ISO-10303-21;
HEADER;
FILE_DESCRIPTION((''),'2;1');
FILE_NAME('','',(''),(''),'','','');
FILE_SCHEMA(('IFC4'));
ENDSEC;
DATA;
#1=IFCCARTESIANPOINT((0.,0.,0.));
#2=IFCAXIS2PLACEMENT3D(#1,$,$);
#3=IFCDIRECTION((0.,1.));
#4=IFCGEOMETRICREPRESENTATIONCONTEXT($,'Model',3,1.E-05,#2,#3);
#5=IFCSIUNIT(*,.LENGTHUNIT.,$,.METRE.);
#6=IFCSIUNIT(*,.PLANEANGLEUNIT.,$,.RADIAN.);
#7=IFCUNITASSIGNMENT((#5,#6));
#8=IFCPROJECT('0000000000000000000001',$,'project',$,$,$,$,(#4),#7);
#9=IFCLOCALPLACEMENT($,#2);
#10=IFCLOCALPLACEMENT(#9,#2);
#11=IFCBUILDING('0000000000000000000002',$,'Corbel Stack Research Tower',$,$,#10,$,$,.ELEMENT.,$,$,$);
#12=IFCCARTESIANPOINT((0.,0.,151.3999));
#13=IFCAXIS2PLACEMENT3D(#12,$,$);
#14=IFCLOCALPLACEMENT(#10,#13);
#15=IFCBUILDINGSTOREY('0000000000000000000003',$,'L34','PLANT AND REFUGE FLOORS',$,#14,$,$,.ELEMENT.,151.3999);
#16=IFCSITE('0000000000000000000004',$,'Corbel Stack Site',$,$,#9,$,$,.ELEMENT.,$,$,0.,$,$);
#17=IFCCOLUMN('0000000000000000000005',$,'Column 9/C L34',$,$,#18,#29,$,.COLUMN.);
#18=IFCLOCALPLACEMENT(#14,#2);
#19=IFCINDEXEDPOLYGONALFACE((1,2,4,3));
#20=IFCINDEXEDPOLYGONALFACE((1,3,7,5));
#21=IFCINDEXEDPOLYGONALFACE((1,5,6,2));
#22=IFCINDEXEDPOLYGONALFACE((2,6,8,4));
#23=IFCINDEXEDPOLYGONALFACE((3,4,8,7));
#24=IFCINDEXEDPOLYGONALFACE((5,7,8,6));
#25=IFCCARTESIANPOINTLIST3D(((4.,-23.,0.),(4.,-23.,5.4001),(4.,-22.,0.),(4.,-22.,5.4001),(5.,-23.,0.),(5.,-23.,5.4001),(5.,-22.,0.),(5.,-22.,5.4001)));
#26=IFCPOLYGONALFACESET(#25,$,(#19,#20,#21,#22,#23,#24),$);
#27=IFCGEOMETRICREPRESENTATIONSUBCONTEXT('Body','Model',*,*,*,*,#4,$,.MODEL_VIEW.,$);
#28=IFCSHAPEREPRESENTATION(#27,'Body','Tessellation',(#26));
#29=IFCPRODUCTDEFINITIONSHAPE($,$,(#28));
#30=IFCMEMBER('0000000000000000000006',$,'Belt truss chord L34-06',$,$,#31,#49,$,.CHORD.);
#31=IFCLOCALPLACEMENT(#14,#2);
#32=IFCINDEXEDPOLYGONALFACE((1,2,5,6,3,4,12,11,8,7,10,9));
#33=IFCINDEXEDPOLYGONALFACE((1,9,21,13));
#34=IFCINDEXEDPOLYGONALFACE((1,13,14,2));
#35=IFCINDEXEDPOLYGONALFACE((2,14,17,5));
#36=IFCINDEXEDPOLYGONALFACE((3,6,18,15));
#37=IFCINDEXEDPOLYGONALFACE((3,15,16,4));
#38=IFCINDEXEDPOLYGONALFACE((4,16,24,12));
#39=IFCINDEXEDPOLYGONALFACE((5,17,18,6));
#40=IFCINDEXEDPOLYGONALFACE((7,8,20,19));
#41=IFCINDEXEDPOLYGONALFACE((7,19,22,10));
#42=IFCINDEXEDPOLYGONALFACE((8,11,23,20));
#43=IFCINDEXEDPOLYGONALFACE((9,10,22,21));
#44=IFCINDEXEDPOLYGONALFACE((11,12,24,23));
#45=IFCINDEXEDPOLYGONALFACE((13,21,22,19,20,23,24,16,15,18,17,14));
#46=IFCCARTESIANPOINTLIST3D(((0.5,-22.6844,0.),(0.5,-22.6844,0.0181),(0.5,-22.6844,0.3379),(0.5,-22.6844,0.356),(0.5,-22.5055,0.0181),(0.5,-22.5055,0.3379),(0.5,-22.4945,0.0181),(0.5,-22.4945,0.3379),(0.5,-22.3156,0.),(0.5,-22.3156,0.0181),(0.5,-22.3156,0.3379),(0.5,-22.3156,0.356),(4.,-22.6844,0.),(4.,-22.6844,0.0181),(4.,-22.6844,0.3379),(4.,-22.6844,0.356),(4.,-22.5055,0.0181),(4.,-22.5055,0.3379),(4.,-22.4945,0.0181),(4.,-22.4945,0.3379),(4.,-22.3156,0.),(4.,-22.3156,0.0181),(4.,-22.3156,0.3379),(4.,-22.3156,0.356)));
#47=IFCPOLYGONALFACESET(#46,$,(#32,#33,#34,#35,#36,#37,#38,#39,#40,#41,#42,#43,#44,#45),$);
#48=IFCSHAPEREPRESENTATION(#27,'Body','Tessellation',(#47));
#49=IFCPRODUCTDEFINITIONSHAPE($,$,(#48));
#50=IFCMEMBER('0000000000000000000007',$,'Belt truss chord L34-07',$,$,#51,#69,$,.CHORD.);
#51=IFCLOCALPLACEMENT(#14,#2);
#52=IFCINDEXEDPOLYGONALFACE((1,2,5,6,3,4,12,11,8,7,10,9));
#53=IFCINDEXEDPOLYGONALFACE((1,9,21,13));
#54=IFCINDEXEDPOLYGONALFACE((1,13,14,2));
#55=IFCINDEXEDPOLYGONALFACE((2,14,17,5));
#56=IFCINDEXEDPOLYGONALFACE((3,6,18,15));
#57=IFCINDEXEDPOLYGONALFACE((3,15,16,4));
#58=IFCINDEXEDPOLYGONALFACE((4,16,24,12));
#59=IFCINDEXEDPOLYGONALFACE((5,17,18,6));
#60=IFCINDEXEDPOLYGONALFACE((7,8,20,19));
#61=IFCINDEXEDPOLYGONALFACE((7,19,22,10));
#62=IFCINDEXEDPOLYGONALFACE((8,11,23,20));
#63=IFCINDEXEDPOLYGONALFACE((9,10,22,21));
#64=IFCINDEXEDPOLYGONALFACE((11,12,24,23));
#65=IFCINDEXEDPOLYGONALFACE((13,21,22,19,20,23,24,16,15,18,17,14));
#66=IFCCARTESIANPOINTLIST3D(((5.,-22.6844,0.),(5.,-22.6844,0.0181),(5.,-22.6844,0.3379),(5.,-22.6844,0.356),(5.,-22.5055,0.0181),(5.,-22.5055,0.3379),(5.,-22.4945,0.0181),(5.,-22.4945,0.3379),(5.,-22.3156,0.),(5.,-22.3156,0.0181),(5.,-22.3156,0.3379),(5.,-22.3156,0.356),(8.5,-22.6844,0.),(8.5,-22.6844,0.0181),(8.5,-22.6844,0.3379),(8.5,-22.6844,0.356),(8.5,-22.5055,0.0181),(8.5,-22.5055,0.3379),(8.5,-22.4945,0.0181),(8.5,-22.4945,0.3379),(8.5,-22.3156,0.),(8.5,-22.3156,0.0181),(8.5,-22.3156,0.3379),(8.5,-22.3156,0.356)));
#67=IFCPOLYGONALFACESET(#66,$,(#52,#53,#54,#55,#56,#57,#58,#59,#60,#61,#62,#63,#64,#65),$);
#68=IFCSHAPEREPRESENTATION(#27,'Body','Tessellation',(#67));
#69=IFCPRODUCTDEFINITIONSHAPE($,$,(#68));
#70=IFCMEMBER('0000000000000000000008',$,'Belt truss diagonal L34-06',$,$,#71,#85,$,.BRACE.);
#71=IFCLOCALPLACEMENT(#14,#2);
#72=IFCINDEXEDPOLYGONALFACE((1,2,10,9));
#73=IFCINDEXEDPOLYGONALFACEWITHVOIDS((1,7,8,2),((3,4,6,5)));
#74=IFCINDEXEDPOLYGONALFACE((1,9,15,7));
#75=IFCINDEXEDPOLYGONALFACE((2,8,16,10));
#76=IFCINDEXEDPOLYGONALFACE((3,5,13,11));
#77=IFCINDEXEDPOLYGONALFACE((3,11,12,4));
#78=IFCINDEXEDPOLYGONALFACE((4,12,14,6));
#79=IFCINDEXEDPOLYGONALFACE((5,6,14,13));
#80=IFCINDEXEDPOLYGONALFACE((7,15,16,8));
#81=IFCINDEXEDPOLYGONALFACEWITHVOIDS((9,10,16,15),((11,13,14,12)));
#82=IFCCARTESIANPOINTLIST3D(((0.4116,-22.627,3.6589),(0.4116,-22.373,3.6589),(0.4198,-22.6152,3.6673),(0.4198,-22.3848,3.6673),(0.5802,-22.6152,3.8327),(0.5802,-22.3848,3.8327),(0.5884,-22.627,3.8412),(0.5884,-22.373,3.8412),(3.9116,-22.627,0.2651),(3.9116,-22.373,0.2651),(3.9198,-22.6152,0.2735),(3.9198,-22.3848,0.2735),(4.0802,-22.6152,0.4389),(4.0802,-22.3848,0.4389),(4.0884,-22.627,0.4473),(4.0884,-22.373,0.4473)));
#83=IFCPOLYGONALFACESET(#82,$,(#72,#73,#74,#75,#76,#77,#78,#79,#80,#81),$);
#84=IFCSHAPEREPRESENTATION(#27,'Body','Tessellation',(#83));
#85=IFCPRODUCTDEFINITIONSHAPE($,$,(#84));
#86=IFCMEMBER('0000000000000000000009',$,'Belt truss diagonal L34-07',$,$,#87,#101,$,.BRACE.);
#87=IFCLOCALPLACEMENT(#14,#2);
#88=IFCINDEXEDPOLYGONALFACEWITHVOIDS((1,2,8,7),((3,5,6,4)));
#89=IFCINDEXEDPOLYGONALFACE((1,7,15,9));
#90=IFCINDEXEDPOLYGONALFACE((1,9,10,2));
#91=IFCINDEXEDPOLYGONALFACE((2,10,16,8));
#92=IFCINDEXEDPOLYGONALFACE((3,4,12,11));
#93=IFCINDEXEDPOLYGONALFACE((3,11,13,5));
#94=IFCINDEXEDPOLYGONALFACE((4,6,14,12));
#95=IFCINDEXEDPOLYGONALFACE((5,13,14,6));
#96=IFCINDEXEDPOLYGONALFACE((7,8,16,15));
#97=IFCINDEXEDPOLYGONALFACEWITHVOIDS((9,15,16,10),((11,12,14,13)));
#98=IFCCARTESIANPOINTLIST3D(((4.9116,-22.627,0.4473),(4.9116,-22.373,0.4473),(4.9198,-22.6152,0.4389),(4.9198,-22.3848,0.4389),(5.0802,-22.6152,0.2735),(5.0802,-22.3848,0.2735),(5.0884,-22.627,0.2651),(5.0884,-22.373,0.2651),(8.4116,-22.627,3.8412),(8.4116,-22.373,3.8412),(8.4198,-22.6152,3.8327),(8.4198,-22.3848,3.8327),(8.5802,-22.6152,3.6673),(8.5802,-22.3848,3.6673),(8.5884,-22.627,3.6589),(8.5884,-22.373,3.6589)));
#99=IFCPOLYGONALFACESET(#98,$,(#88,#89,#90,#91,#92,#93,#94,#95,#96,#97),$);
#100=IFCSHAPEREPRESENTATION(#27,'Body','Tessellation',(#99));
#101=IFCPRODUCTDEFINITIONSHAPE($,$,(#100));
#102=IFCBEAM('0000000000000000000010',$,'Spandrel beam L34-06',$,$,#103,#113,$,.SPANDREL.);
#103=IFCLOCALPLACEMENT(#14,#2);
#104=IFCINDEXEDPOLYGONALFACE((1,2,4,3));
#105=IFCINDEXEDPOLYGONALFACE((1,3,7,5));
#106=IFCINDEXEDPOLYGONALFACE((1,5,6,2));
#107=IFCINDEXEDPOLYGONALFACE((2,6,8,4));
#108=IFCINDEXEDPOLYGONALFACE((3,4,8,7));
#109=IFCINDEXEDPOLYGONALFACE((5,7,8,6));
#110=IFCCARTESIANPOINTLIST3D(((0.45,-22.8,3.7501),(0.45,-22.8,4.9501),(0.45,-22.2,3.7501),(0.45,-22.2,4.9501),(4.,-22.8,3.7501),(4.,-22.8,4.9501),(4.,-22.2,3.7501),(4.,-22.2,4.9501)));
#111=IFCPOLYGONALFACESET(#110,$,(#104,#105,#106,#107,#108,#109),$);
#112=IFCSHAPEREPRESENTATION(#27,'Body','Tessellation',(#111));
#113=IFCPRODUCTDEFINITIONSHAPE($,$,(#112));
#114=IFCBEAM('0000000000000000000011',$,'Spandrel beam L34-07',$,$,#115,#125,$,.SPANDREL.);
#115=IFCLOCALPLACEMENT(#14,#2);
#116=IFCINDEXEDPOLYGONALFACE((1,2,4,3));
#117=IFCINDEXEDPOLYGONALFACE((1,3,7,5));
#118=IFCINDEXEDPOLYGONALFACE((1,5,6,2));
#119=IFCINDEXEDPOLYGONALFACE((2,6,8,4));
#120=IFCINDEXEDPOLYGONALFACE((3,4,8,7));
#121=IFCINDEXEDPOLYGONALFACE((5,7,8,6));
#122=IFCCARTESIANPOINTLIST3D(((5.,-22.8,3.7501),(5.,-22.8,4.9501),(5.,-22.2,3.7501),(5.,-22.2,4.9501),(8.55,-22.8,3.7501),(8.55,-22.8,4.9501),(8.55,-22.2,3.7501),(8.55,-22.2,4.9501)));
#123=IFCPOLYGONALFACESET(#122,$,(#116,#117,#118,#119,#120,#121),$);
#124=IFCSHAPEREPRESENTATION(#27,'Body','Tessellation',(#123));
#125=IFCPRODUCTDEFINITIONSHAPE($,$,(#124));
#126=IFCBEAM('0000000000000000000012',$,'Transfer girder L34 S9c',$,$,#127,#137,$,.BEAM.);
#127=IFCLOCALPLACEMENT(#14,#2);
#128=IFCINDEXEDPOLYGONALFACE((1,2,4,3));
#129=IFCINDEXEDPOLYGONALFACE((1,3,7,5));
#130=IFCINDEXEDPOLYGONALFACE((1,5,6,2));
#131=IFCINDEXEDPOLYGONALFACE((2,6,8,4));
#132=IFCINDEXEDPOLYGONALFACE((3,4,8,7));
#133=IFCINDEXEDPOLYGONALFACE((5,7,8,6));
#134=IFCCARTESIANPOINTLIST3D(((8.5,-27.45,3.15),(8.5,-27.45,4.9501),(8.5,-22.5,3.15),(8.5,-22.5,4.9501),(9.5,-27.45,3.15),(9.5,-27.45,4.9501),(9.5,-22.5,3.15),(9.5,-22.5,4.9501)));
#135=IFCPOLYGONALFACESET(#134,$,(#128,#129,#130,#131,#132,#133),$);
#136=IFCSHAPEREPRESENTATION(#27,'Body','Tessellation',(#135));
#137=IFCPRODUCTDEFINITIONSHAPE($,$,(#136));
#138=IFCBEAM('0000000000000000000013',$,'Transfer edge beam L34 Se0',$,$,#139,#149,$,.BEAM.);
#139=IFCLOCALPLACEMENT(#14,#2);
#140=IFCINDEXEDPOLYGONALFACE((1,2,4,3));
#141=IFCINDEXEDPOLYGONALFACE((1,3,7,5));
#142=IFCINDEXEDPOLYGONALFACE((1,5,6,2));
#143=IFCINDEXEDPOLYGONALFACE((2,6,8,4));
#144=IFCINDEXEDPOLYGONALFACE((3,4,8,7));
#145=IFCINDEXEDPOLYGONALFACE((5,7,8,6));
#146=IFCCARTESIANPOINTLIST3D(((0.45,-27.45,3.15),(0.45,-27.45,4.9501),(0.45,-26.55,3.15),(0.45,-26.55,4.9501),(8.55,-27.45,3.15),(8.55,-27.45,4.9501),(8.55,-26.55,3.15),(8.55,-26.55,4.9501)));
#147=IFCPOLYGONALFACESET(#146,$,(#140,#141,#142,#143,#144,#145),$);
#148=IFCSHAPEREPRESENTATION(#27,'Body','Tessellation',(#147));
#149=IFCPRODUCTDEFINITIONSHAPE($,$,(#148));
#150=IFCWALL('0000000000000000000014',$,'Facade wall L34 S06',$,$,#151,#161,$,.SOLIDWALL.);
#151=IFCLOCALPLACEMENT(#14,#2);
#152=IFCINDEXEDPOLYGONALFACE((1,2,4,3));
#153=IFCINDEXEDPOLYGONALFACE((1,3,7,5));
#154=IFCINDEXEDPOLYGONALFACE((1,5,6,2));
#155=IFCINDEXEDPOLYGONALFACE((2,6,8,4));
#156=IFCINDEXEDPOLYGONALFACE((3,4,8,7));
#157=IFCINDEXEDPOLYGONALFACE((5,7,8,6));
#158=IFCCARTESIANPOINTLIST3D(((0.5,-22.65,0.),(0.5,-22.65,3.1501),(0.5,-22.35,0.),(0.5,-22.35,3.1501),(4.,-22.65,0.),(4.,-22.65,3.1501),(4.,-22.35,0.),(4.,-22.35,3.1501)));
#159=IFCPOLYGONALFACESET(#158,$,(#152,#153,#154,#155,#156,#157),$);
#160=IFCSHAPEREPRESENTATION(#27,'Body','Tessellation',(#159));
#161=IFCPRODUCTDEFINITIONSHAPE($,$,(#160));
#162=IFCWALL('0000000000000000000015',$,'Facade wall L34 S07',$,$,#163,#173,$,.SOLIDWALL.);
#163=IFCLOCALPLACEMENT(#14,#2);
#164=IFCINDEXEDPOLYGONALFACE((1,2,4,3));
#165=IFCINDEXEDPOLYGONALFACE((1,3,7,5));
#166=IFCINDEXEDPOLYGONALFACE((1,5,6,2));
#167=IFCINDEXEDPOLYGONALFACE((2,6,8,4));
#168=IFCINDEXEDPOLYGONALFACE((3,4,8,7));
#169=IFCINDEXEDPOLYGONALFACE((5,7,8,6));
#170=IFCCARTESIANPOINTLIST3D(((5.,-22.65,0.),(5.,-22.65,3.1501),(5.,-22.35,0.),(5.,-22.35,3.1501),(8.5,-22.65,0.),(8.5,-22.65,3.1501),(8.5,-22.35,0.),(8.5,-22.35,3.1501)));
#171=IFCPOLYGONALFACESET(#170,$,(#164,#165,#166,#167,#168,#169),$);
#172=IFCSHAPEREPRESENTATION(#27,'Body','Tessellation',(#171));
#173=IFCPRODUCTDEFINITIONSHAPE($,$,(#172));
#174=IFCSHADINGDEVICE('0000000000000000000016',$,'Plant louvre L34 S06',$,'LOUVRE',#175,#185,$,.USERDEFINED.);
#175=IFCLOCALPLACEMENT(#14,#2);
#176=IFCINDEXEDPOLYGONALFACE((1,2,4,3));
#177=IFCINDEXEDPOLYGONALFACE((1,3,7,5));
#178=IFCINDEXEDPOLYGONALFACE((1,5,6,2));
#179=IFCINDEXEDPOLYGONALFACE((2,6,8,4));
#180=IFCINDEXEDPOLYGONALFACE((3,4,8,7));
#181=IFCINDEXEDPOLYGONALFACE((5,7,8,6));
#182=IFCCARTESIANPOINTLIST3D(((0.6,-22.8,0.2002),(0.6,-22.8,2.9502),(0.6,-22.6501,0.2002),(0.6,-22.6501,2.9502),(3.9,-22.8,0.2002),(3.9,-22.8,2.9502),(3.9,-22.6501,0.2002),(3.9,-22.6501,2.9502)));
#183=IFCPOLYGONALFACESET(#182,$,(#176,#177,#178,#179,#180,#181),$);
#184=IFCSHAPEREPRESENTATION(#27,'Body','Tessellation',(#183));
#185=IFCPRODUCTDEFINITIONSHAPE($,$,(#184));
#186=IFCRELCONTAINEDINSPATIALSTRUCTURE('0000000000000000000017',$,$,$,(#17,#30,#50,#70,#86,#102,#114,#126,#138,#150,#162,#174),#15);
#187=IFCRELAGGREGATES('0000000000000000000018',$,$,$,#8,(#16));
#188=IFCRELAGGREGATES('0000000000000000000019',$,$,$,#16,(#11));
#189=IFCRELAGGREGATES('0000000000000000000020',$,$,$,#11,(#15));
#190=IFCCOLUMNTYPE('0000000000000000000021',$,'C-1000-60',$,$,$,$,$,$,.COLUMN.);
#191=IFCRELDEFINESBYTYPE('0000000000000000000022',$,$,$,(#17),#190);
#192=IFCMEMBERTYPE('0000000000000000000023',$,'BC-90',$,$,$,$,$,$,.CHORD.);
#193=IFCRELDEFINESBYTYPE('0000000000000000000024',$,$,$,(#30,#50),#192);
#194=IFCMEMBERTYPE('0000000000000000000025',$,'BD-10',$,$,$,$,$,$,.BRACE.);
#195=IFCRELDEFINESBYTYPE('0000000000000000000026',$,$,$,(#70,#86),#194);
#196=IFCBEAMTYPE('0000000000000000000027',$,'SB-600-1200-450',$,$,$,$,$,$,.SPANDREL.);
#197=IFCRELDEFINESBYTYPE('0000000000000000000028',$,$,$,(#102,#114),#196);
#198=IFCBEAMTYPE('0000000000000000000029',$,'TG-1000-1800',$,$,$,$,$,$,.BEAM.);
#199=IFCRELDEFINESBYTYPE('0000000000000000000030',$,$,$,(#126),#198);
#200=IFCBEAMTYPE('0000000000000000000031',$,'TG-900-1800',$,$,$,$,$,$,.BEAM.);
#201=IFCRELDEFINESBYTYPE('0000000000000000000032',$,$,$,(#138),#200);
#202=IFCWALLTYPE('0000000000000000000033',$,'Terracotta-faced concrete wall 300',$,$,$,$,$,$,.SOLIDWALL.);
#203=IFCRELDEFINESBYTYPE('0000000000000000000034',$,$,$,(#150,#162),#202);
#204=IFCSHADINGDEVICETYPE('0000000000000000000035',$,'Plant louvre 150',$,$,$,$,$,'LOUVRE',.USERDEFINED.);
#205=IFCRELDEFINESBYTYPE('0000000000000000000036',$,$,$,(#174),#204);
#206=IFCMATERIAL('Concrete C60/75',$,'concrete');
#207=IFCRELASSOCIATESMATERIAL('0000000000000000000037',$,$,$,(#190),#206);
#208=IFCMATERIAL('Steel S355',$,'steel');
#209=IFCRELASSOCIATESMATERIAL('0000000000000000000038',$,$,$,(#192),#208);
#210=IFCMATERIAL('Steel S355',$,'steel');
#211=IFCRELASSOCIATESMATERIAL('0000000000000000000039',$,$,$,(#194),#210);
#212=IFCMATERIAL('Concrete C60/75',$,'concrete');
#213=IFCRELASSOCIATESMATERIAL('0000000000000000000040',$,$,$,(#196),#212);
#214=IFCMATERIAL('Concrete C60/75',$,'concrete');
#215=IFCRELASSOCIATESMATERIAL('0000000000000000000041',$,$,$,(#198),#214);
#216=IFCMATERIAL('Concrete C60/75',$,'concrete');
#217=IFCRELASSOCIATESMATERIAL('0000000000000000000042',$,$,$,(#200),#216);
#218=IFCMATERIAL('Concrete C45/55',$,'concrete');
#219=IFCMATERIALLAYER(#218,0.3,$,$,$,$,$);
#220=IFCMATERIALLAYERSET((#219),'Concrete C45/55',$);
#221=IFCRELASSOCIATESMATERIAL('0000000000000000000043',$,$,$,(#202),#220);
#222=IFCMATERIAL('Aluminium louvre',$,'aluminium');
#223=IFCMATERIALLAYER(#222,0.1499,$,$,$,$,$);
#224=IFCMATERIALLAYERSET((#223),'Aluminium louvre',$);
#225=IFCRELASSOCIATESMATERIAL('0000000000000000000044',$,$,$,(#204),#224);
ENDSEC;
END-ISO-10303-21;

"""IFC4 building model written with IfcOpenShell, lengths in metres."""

from ifc_helpers import new_model, si_unit, direction, frame, frame_2d, origin, origin_2d, place, context, subcontext, project, spatial, rectangle, hollow_rectangle, i_section, extrude, material, layer, layer_set, material_profile, profile_set, type_object, element, save


model = new_model("IFC4")

# Units and contexts
model_context = context("Model", 3, precision=1e-05, world=origin(), true_north=direction((0.0, 1.0)))
body_context = subcontext(model_context, "Body", "Model", "MODEL_VIEW")
ifc_project = project(units=[si_unit("LENGTHUNIT", "METRE"), si_unit("PLANEANGLEUNIT", "RADIAN")], contexts=[model_context])

# Site, building, storey
site_placement = place(None, origin())
site = spatial("IfcSite", under=ifc_project, at=site_placement, Name="Corbel Stack Site", CompositionType="ELEMENT", RefElevation=0.0)
building_placement = place(site_placement, origin())
building = spatial("IfcBuilding", under=site, at=building_placement, Name="Corbel Stack Research Tower", CompositionType="ELEMENT")
storey_placement = place(building_placement, frame((0.0, 0.0, 151.3999)))
storey = spatial("IfcBuildingStorey", under=building, at=storey_placement, Name="L34", Description="PLANT AND REFUGE FLOORS", CompositionType="ELEMENT", Elevation=151.3999)

# Column
ifc_material_1 = material(Name="Concrete C60/75", Category="concrete")
ifc_material_profile_1 = material_profile(ifc_material_1, rectangle(XDim=1.0, YDim=1.0, at=origin_2d()), Name="RC 1000 x 1000")
ifc_profile_set_1 = profile_set([ifc_material_profile_1], Name="Concrete C60/75")
column_type = type_object("IfcColumnType", Name="C-1000-60", PredefinedType="COLUMN", material=ifc_profile_set_1)
column_placement = place(storey_placement, frame((4.5, -22.5, 0.0), z_axis=(0.0, 0.0, 1.0), x_axis=(1.0, 0.0, 0.0)))
element("IfcColumn", 1, at=column_placement, inside=storey, type_object=column_type, Name="Column 9/C L34", PredefinedType="COLUMN", context=body_context, shape_type="SweptSolid", body=[
    extrude(rectangle(XDim=1.0, YDim=1.0, at=origin_2d()), origin(), (0.0, 0.0, 1.0), 5.4001),
])

# Members
ifc_material_2 = material(Name="Steel S355", Category="steel")
ifc_material_profile_2 = material_profile(ifc_material_2, i_section(OverallWidth=0.3689, OverallDepth=0.356, WebThickness=0.011, FlangeThickness=0.0181, at=origin_2d()), Name="W14x90")
ifc_profile_set_2 = profile_set([ifc_material_profile_2], Name="Steel S355")
member_type_1 = type_object("IfcMemberType", Name="BC-90", PredefinedType="CHORD", material=ifc_profile_set_2)
for number, where, z_axis, x_axis, name in (
    (2, (0.5, -22.5, 0.178), (1.0, 0.0, 0.0), (0.0, 1.0, 0.0), "Belt truss chord L34-06"),
    (3, (5.0, -22.5, 0.178), (1.0, 0.0, 0.0), (0.0, 1.0, 0.0), "Belt truss chord L34-07"),
):
    element("IfcMember", number, at=place(storey_placement, frame(where, z_axis=z_axis, x_axis=x_axis)), inside=storey, type_object=member_type_1, Name=name, PredefinedType="CHORD", context=body_context, shape_type="SweptSolid", body=[
        extrude(i_section(OverallWidth=0.3689, OverallDepth=0.356, WebThickness=0.011, FlangeThickness=0.0181, at=origin_2d()), origin(), (0.0, 0.0, 1.0), 3.5),
    ])
ifc_material_3 = material(Name="Steel S355", Category="steel")
ifc_material_profile_3 = material_profile(ifc_material_3, hollow_rectangle(XDim=0.2539, YDim=0.2539, WallThickness=0.0117, at=origin_2d()), Name="HSS10x10x1/2")
ifc_profile_set_3 = profile_set([ifc_material_profile_3], Name="Steel S355")
member_type_2 = type_object("IfcMemberType", Name="BD-10", PredefinedType="BRACE", material=ifc_profile_set_3)
for number, where, z_axis, x_axis, name in (
    (4, (4.0, -22.5, 0.3562), (-0.717915, 0.0, 0.696131), (0.0, -1.0, 0.0), "Belt truss diagonal L34-06"),
    (5, (5.0, -22.5, 0.3562), (0.717915, 0.0, 0.696131), (0.0, 1.0, 0.0), "Belt truss diagonal L34-07"),
):
    element("IfcMember", number, at=place(storey_placement, frame(where, z_axis=z_axis, x_axis=x_axis)), inside=storey, type_object=member_type_2, Name=name, PredefinedType="BRACE", context=body_context, shape_type="SweptSolid", body=[
        extrude(hollow_rectangle(XDim=0.2539, YDim=0.2539, WallThickness=0.0117, at=origin_2d()), origin(), (0.0, 0.0, 1.0), 4.8752),
    ])

# Beams
ifc_material_4 = material(Name="Concrete C60/75", Category="concrete")
ifc_material_profile_4 = material_profile(ifc_material_4, rectangle(XDim=0.6001, YDim=1.2, at=origin_2d()), Name="RC 600 x 1200")
ifc_profile_set_4 = profile_set([ifc_material_profile_4], Name="Concrete C60/75")
beam_type_1 = type_object("IfcBeamType", Name="SB-600-1200-450", PredefinedType="SPANDREL", material=ifc_profile_set_4)
for number, where, z_axis, x_axis, name in (
    (6, (0.45, -22.5, 4.3501), (1.0, 0.0, 0.0), (0.0, 1.0, 0.0), "Spandrel beam L34-06"),
    (7, (5.0, -22.5, 4.3501), (1.0, 0.0, 0.0), (0.0, 1.0, 0.0), "Spandrel beam L34-07"),
):
    element("IfcBeam", number, at=place(storey_placement, frame(where, z_axis=z_axis, x_axis=x_axis)), inside=storey, type_object=beam_type_1, Name=name, PredefinedType="SPANDREL", context=body_context, shape_type="SweptSolid", body=[
        extrude(rectangle(XDim=0.6001, YDim=1.2, at=origin_2d()), origin(), (0.0, 0.0, 1.0), 3.55),
    ])
ifc_material_5 = material(Name="Concrete C60/75", Category="concrete")
ifc_material_profile_5 = material_profile(ifc_material_5, rectangle(XDim=1.0, YDim=1.8, at=origin_2d()), Name="RC 1000 x 1800")
ifc_profile_set_5 = profile_set([ifc_material_profile_5], Name="Concrete C60/75")
beam_type_2 = type_object("IfcBeamType", Name="TG-1000-1800", PredefinedType="BEAM", material=ifc_profile_set_5)
beam_1_placement = place(storey_placement, frame((9.0, -27.45, 4.05), z_axis=(0.0, 1.0, 0.0), x_axis=(-1.0, 0.0, 0.0)))
element("IfcBeam", 8, at=beam_1_placement, inside=storey, type_object=beam_type_2, Name="Transfer girder L34 S9c", PredefinedType="BEAM", context=body_context, shape_type="SweptSolid", body=[
    extrude(rectangle(XDim=1.0, YDim=1.8, at=origin_2d()), origin(), (0.0, 0.0, 1.0), 4.95),
])
ifc_material_6 = material(Name="Concrete C60/75", Category="concrete")
ifc_material_profile_6 = material_profile(ifc_material_6, rectangle(XDim=0.8999, YDim=1.8, at=origin_2d()), Name="RC 900 x 1800")
ifc_profile_set_6 = profile_set([ifc_material_profile_6], Name="Concrete C60/75")
beam_type_3 = type_object("IfcBeamType", Name="TG-900-1800", PredefinedType="BEAM", material=ifc_profile_set_6)
beam_2_placement = place(storey_placement, frame((0.45, -27.0, 4.05), z_axis=(1.0, 0.0, 0.0), x_axis=(0.0, 1.0, 0.0)))
element("IfcBeam", 9, at=beam_2_placement, inside=storey, type_object=beam_type_3, Name="Transfer edge beam L34 Se0", PredefinedType="BEAM", context=body_context, shape_type="SweptSolid", body=[
    extrude(rectangle(XDim=0.8999, YDim=1.8, at=origin_2d()), origin(), (0.0, 0.0, 1.0), 8.1001),
])

# Walls
ifc_material_7 = material(Name="Concrete C45/55", Category="concrete")
ifc_layer_1 = layer(ifc_material_7, 0.3)
ifc_layer_set_1 = layer_set([ifc_layer_1], Name="Concrete C45/55")
wall_type = type_object("IfcWallType", Name="Terracotta-faced concrete wall 300", PredefinedType="SOLIDWALL", material=ifc_layer_set_1)
for number, where, z_axis, x_axis, name in (
    (10, (4.0, -22.5, 0.0), (0.0, 0.0, 1.0), (-1.0, 0.0, 0.0), "Facade wall L34 S06"),
    (11, (8.5, -22.5, 0.0), (0.0, 0.0, 1.0), (-1.0, 0.0, 0.0), "Facade wall L34 S07"),
):
    element("IfcWall", number, at=place(storey_placement, frame(where, z_axis=z_axis, x_axis=x_axis)), inside=storey, type_object=wall_type, Name=name, PredefinedType="SOLIDWALL", context=body_context, shape_type="SweptSolid", body=[
        extrude(rectangle(XDim=3.5, YDim=0.3, at=frame_2d((1.75, 0.0))), origin(), (0.0, 0.0, 1.0), 3.1501),
    ])

# Shading device
ifc_material_8 = material(Name="Aluminium louvre", Category="aluminium")
ifc_layer_2 = layer(ifc_material_8, 0.1499)
ifc_layer_set_2 = layer_set([ifc_layer_2], Name="Aluminium louvre")
shading_device_type = type_object("IfcShadingDeviceType", Name="Plant louvre 150", ElementType="LOUVRE", PredefinedType="USERDEFINED", material=ifc_layer_set_2)
for number, where, z_axis, x_axis, name in (
    (12, (2.25, -22.7251, 0.2002), (0.0, 0.0, 1.0), (1.0, 0.0, 0.0), "Plant louvre L34 S06"),
):
    element("IfcShadingDevice", number, at=place(storey_placement, frame(where, z_axis=z_axis, x_axis=x_axis)), inside=storey, type_object=shading_device_type, Name=name, ObjectType="LOUVRE", PredefinedType="USERDEFINED", context=body_context, shape_type="SweptSolid", body=[
        extrude(rectangle(XDim=3.3, YDim=0.1499, at=origin_2d()), origin(), (0.0, 0.0, 1.0), 2.75),
    ])

save(model, "model.ifc")
